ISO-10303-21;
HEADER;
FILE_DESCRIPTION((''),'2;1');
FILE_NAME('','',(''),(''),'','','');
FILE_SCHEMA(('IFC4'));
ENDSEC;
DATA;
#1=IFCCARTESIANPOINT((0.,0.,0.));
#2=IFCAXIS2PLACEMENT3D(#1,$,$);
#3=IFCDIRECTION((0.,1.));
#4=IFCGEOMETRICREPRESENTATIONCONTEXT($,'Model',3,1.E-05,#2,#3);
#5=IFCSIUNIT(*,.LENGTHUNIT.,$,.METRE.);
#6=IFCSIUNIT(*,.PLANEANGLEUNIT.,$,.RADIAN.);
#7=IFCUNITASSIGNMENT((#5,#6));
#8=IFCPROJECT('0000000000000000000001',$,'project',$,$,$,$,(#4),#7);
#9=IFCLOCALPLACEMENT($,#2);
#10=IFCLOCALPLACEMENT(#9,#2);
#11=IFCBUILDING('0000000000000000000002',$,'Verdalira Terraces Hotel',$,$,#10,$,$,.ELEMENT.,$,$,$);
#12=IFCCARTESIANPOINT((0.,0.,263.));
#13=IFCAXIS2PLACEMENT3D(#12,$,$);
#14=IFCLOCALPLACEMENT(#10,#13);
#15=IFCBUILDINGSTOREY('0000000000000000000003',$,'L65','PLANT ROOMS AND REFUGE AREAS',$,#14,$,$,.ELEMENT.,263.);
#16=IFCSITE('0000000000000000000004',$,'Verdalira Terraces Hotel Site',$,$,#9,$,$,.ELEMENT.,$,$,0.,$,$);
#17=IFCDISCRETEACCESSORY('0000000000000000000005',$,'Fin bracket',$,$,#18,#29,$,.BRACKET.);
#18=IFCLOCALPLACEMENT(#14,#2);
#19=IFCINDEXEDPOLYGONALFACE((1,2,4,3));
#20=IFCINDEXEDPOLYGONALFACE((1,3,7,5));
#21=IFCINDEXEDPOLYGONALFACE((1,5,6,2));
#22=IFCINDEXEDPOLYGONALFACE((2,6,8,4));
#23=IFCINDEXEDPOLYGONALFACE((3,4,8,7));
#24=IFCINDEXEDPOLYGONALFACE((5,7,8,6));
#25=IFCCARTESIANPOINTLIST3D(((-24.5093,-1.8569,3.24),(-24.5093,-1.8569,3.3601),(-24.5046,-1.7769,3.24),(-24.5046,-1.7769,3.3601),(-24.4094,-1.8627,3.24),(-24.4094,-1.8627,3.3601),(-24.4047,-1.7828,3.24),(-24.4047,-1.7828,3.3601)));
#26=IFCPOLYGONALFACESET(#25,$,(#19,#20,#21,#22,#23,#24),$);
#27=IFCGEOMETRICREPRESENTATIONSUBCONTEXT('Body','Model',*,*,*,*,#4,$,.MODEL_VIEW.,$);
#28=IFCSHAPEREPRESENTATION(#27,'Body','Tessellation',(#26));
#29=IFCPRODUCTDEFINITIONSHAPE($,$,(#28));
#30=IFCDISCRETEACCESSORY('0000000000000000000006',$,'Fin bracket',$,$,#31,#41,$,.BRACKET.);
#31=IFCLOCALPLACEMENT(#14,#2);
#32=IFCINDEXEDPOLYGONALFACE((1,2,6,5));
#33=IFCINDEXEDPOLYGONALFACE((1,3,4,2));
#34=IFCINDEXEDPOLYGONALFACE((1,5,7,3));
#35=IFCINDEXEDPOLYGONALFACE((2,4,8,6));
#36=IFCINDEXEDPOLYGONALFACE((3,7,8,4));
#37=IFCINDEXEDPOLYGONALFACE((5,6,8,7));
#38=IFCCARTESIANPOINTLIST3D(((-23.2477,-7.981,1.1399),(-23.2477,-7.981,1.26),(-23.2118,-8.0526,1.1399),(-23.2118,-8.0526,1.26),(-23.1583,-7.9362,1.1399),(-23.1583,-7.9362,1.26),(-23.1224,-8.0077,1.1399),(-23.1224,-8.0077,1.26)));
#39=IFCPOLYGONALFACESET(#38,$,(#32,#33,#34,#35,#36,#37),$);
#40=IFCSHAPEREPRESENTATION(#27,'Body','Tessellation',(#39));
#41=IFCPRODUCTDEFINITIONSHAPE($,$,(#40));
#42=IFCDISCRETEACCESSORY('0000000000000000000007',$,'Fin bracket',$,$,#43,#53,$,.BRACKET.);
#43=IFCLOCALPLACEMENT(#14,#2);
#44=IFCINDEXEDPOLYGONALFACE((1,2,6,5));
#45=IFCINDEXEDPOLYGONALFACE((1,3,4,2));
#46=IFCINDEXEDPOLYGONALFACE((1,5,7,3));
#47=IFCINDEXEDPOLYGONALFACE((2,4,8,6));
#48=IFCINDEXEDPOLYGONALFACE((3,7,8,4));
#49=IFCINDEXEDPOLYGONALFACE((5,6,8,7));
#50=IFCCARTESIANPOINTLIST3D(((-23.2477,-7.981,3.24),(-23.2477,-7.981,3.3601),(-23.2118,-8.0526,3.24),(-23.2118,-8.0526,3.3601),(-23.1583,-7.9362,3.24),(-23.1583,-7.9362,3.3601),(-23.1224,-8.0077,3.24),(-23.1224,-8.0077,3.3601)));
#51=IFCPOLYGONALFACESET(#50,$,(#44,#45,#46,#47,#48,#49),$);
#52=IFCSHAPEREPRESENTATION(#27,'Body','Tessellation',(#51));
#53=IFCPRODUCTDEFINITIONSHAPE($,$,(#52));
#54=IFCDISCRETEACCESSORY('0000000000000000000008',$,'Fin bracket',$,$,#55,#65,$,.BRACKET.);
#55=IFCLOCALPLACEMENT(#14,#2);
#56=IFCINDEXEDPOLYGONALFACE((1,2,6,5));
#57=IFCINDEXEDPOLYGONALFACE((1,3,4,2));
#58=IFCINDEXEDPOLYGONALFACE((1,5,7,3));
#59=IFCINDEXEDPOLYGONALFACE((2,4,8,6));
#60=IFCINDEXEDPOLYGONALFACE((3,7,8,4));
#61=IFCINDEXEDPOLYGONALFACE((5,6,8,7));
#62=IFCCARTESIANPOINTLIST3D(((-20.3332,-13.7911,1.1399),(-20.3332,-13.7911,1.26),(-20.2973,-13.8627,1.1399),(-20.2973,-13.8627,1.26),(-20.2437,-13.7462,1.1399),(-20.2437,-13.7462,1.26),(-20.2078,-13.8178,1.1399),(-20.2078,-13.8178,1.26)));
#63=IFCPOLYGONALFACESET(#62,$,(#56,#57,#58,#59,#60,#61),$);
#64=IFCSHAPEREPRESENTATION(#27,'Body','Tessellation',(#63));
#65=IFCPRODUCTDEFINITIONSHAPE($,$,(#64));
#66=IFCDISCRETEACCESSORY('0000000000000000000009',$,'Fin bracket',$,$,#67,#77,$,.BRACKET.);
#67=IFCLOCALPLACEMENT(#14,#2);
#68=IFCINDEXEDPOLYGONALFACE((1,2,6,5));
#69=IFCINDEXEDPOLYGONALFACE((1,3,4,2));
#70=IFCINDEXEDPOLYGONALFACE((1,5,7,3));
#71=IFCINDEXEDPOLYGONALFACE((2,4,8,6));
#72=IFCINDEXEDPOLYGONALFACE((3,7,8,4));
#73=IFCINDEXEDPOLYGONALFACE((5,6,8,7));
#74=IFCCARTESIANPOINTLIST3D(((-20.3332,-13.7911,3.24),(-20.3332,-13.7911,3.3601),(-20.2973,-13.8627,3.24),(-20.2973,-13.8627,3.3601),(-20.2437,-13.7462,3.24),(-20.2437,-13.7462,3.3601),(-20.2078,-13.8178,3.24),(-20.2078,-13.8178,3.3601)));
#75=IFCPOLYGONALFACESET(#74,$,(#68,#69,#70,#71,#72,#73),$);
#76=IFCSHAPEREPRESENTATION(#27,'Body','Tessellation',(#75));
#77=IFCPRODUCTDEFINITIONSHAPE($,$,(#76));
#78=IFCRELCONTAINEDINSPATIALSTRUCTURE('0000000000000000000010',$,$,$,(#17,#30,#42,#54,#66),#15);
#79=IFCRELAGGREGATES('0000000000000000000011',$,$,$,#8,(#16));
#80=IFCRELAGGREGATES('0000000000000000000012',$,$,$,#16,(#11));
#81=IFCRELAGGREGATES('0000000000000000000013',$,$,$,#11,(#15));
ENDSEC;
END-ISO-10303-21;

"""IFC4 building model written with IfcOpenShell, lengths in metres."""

from ifc_helpers import new_model, si_unit, direction, frame, origin, origin_2d, place, context, subcontext, project, spatial, rectangle, extrude, element, save


model = new_model("IFC4")

# Units and contexts
model_context = context("Model", 3, precision=1e-05, world=origin(), true_north=direction((0.0, 1.0)))
body_context = subcontext(model_context, "Body", "Model", "MODEL_VIEW")
ifc_project = project(units=[si_unit("LENGTHUNIT", "METRE"), si_unit("PLANEANGLEUNIT", "RADIAN")], contexts=[model_context])

# Site, building, storey
site_placement = place(None, origin())
site = spatial("IfcSite", under=ifc_project, at=site_placement, Name="Verdalira Terraces Hotel Site", CompositionType="ELEMENT", RefElevation=0.0)
building_placement = place(site_placement, origin())
building = spatial("IfcBuilding", under=site, at=building_placement, Name="Verdalira Terraces Hotel", CompositionType="ELEMENT")
storey_placement = place(building_placement, frame((0.0, 0.0, 263.0)))
storey = spatial("IfcBuildingStorey", under=building, at=storey_placement, Name="L65", Description="PLANT ROOMS AND REFUGE AREAS", CompositionType="ELEMENT", Elevation=263.0)

# Discrete accessories
for number, where, z_axis, x_axis, name in (
    (1, (-24.457, -1.8198, 3.24), (0.0, 0.0, 1.0), (-0.058609, -0.998281, 0.0), "Fin bracket"),
    (2, (-23.1851, -7.9944, 1.1399), (0.0, 0.0, 1.0), (0.448383, -0.893841, 0.0), "Fin bracket"),
    (3, (-23.1851, -7.9944, 3.24), (0.0, 0.0, 1.0), (0.448383, -0.893841, 0.0), "Fin bracket"),
    (4, (-20.2705, -13.8044, 1.1399), (0.0, 0.0, 1.0), (0.448383, -0.893841, 0.0), "Fin bracket"),
    (5, (-20.2705, -13.8044, 3.24), (0.0, 0.0, 1.0), (0.448383, -0.893841, 0.0), "Fin bracket"),
):
    element("IfcDiscreteAccessory", number, at=place(storey_placement, frame(where, z_axis=z_axis, x_axis=x_axis)), inside=storey, Name=name, PredefinedType="BRACKET", context=body_context, shape_type="SweptSolid", body=[
        extrude(rectangle(XDim=0.0801, YDim=0.1001, at=origin_2d()), origin(), (0.0, 0.0, 1.0), 0.1201),
    ])

save(model, "model.ifc")
